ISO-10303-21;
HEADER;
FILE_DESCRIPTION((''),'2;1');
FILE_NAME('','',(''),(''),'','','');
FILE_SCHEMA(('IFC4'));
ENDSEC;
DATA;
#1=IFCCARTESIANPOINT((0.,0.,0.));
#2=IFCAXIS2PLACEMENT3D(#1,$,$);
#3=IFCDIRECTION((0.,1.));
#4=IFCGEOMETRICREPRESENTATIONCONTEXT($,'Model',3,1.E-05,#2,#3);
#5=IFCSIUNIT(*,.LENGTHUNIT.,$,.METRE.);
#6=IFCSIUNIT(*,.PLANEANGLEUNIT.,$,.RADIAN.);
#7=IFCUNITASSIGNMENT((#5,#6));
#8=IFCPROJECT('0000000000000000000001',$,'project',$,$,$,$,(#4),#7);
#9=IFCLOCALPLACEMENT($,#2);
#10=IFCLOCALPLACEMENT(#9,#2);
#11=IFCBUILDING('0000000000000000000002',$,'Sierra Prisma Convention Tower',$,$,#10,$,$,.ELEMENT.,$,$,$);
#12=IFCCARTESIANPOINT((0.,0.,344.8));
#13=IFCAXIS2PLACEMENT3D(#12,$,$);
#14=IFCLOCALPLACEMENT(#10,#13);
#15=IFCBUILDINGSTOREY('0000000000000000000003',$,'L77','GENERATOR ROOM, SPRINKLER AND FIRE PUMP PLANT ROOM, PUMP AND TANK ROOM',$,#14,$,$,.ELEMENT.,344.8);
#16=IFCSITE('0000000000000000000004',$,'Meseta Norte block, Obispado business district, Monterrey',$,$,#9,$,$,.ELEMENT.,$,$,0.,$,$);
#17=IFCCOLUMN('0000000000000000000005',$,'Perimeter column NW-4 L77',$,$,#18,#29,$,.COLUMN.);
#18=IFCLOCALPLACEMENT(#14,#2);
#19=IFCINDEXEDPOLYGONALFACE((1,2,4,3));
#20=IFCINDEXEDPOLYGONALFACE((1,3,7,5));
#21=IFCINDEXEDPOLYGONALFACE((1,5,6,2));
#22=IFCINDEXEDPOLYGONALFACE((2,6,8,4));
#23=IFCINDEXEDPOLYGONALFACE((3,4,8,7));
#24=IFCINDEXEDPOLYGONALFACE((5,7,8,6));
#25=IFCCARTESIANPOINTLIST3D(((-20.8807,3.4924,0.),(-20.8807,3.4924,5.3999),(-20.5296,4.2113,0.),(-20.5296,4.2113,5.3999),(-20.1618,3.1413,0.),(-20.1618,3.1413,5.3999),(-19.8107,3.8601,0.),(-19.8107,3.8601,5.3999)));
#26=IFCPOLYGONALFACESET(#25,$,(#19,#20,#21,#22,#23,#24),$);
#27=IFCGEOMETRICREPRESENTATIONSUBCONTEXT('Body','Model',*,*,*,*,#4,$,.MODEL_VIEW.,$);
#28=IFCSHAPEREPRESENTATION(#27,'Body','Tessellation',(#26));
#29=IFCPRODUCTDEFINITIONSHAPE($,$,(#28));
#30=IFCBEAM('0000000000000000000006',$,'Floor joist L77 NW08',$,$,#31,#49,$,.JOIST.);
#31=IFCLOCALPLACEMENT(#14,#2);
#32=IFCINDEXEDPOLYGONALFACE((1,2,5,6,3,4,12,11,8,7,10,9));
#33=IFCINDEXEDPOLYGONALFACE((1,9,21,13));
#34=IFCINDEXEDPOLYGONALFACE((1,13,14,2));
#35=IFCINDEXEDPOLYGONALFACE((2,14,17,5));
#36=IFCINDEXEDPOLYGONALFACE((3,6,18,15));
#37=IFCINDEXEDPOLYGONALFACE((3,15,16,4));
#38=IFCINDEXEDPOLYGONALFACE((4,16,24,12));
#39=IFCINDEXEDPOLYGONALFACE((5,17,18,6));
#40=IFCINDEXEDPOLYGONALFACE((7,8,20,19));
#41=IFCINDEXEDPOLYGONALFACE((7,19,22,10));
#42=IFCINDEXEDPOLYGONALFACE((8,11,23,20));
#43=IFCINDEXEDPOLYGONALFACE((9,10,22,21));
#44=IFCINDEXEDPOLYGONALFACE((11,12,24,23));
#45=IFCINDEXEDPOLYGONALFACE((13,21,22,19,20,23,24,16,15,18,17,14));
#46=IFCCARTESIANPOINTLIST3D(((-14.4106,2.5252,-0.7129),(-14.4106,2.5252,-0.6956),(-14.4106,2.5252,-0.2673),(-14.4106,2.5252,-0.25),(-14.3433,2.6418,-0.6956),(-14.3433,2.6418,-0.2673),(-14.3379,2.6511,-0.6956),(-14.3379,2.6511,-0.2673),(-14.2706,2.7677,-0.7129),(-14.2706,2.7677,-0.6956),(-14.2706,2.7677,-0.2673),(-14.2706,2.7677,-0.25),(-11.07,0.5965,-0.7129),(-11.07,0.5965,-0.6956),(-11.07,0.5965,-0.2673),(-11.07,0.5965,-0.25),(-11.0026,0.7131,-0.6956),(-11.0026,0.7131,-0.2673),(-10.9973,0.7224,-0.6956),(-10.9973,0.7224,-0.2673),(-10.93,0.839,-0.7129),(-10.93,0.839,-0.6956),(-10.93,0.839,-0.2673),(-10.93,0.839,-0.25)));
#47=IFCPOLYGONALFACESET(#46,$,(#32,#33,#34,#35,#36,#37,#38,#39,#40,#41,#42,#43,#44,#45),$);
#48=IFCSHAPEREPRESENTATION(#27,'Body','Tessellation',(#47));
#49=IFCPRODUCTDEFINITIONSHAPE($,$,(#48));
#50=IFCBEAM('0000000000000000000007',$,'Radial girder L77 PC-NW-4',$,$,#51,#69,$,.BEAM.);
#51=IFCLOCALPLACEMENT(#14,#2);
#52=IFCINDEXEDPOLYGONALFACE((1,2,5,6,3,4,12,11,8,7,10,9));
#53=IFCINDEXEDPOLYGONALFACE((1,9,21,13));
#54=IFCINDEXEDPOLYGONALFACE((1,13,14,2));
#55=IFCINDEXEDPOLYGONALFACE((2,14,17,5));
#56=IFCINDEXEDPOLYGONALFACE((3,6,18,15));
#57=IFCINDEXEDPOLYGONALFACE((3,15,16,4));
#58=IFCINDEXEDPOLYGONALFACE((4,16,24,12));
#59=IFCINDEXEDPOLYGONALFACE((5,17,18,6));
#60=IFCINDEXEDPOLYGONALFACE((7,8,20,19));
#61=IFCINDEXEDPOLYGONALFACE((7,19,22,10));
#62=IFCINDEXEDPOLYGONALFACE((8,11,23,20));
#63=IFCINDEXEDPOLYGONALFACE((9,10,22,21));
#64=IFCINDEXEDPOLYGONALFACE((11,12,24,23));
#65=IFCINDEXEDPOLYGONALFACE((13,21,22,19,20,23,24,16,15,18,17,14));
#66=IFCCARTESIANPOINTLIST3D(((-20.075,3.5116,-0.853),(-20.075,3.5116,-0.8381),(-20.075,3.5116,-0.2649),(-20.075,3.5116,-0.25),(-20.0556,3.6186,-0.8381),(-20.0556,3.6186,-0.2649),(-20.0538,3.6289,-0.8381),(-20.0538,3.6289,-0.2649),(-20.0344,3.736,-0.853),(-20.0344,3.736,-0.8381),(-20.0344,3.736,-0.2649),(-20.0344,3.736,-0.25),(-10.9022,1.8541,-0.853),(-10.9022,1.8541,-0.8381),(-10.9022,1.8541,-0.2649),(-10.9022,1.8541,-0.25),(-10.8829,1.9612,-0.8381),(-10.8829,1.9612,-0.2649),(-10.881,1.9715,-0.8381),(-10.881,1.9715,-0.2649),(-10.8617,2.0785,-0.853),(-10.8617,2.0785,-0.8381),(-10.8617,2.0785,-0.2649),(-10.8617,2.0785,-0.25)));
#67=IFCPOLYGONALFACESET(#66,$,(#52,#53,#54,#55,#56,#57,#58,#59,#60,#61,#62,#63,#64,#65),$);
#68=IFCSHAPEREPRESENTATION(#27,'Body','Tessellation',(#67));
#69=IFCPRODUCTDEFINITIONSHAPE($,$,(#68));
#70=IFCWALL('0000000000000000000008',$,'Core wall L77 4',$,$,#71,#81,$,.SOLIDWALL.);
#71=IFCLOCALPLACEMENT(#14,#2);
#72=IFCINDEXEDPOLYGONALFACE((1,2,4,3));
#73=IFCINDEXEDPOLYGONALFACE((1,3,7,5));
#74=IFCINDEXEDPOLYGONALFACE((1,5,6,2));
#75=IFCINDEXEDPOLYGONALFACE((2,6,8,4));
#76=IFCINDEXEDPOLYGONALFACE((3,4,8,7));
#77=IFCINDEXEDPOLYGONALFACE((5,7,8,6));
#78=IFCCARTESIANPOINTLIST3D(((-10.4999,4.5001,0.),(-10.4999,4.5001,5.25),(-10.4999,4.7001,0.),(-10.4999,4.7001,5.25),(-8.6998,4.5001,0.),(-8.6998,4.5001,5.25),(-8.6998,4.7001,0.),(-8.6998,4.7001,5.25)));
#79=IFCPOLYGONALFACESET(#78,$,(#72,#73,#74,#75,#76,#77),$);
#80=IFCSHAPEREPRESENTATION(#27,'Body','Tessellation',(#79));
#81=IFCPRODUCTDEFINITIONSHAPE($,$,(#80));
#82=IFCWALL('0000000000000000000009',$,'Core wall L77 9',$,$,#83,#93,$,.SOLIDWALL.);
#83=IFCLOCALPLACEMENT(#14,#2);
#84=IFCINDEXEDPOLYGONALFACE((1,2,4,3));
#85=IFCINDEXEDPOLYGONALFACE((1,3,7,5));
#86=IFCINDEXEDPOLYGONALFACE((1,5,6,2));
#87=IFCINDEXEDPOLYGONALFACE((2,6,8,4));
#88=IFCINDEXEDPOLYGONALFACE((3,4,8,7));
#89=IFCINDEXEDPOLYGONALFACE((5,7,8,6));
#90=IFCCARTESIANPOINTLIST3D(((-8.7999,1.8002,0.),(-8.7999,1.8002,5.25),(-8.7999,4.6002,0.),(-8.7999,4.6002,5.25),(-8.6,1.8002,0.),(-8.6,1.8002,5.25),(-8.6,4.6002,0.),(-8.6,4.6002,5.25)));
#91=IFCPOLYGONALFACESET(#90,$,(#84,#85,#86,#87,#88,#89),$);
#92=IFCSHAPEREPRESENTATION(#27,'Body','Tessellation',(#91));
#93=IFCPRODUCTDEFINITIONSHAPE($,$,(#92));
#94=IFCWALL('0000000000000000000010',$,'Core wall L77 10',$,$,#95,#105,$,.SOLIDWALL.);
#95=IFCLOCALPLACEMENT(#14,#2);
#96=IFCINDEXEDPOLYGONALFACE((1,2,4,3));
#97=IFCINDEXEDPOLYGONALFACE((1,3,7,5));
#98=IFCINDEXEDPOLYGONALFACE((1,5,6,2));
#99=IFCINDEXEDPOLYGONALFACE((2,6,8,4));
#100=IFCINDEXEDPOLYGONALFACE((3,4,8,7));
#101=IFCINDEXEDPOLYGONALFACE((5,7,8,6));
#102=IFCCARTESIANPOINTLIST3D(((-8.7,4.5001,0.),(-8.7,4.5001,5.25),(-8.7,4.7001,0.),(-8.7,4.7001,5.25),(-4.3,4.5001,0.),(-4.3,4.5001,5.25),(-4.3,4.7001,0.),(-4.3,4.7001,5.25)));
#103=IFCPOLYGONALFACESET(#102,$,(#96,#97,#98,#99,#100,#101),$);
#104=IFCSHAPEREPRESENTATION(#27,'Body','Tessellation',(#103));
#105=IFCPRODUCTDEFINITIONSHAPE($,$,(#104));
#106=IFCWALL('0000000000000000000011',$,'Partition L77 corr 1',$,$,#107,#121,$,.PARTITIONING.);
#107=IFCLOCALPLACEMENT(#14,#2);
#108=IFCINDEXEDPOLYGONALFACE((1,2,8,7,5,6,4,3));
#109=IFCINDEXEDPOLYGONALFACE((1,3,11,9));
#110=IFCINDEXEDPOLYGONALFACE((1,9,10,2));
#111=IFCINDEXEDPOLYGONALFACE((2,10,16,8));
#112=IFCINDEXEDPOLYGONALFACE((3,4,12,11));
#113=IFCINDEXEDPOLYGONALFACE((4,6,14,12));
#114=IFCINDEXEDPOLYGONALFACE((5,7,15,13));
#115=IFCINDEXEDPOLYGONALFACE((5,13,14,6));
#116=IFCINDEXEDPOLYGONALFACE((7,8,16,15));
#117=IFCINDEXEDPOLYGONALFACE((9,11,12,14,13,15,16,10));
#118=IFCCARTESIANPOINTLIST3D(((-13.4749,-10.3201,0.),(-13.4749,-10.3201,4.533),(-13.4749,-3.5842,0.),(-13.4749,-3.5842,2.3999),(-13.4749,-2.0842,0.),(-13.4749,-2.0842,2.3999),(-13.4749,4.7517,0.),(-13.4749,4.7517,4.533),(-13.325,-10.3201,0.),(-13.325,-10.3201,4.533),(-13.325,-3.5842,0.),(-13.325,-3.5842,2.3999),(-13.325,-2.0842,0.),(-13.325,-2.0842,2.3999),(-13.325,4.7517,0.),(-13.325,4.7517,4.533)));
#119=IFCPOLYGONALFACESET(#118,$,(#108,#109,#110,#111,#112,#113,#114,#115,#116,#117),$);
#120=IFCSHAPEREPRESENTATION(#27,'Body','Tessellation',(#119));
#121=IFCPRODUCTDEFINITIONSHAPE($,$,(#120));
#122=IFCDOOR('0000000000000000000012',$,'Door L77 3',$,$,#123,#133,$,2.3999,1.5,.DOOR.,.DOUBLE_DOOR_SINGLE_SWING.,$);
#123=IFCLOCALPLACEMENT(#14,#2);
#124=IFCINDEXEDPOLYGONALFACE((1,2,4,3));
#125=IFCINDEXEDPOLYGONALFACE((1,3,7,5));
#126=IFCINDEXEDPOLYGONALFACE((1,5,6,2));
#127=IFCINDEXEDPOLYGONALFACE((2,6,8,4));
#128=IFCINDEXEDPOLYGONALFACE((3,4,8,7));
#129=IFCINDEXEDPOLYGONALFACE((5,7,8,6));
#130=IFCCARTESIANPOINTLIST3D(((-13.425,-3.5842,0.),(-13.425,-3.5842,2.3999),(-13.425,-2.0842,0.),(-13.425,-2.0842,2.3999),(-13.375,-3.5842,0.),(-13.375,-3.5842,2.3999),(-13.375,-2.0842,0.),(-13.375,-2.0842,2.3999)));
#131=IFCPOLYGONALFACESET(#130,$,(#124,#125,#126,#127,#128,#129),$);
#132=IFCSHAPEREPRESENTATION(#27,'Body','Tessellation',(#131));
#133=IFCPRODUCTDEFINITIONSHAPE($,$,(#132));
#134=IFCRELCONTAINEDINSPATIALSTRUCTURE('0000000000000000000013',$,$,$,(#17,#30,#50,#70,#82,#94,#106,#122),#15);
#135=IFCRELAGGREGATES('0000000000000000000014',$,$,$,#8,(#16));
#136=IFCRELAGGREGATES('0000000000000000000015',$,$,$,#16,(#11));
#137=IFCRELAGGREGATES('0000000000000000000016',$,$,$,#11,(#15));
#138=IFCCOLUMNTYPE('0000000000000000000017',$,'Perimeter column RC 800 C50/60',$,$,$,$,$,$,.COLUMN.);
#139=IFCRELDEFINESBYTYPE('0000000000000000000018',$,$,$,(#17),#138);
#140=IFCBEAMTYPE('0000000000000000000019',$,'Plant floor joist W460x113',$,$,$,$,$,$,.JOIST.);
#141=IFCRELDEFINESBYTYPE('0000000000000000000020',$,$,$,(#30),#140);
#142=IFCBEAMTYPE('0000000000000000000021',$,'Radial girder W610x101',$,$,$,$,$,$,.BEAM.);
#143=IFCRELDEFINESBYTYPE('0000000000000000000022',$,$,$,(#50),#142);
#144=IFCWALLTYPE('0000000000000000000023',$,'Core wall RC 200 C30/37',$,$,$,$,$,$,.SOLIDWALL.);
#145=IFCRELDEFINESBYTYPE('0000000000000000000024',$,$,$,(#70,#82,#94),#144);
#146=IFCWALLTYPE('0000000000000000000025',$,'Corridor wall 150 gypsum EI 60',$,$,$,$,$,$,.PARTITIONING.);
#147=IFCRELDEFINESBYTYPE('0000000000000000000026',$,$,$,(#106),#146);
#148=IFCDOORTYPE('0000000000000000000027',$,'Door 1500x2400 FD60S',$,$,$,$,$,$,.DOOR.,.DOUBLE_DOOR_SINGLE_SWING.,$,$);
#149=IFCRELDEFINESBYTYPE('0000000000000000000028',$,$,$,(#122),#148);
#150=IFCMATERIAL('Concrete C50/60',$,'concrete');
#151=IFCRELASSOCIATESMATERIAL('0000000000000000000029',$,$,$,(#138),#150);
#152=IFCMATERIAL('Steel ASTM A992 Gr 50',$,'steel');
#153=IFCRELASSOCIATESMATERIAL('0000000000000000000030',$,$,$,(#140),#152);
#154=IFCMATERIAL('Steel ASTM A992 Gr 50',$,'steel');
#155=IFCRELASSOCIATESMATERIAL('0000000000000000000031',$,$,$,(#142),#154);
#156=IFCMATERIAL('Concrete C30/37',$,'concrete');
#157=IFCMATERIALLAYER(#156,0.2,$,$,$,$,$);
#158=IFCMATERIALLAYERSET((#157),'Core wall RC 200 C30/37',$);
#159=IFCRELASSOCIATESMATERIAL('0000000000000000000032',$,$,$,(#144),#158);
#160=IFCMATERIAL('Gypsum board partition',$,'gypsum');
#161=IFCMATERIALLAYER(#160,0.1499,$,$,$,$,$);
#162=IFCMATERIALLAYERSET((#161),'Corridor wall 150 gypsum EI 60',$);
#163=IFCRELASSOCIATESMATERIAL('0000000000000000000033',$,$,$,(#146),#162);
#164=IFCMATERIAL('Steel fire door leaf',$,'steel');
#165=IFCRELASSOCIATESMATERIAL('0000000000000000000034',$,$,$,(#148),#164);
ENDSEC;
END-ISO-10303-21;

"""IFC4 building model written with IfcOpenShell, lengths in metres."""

from ifc_helpers import new_model, si_unit, direction, frame, frame_2d, origin, origin_2d, place, context, subcontext, project, spatial, rectangle, i_section, extrude, material, layer, layer_set, material_profile, profile_set, type_object, element, fill, save


model = new_model("IFC4")

# Units and contexts
model_context = context("Model", 3, precision=1e-05, world=origin(), true_north=direction((0.0, 1.0)))
body_context = subcontext(model_context, "Body", "Model", "MODEL_VIEW")
ifc_project = project(units=[si_unit("LENGTHUNIT", "METRE"), si_unit("PLANEANGLEUNIT", "RADIAN")], contexts=[model_context])

# Site, building, storey
site_placement = place(None, origin())
site = spatial("IfcSite", under=ifc_project, at=site_placement, Name="Meseta Norte block, Obispado business district, Monterrey", CompositionType="ELEMENT", RefElevation=0.0)
building_placement = place(site_placement, origin())
building = spatial("IfcBuilding", under=site, at=building_placement, Name="Sierra Prisma Convention Tower", CompositionType="ELEMENT")
storey_placement = place(building_placement, frame((0.0, 0.0, 344.8)))
storey = spatial("IfcBuildingStorey", under=building, at=storey_placement, Name="L77", Description="GENERATOR ROOM, SPRINKLER AND FIRE PUMP PLANT ROOM, PUMP AND TANK ROOM", CompositionType="ELEMENT", Elevation=344.8)

# Column
ifc_material_1 = material(Name="Concrete C50/60", Category="concrete")
ifc_material_profile_1 = material_profile(ifc_material_1, rectangle(XDim=0.8, YDim=0.8, at=origin_2d()), Name="Perimeter column RC 800 C50/60")
ifc_profile_set_1 = profile_set([ifc_material_profile_1], Name="Concrete C50/60")
column_type = type_object("IfcColumnType", Name="Perimeter column RC 800 C50/60", PredefinedType="COLUMN", material=ifc_profile_set_1)
column_placement = place(storey_placement, frame((-20.3457, 3.6763, 0.0), z_axis=(0.0, 0.0, 1.0), x_axis=(0.438895, 0.898538, 0.0)))
element("IfcColumn", 1, at=column_placement, inside=storey, type_object=column_type, Name="Perimeter column NW-4 L77", PredefinedType="COLUMN", context=body_context, shape_type="SweptSolid", body=[
    extrude(rectangle(XDim=0.8, YDim=0.8, at=origin_2d()), origin(), (0.0, 0.0, 1.0), 5.3999),
])

# Beams
ifc_material_2 = material(Name="Steel ASTM A992 Gr 50", Category="steel")
ifc_material_profile_2 = material_profile(ifc_material_2, i_section(OverallWidth=0.28, OverallDepth=0.4629, WebThickness=0.0107, FlangeThickness=0.0173, at=origin_2d()), Name="W460x113")
ifc_profile_set_2 = profile_set([ifc_material_profile_2], Name="Steel ASTM A992 Gr 50")
beam_type_1 = type_object("IfcBeamType", Name="Plant floor joist W460x113", PredefinedType="JOIST", material=ifc_profile_set_2)
beam_1_placement = place(storey_placement, frame((-14.3406, 2.6465, -0.4814), z_axis=(0.866022, -0.500006, 0.0), x_axis=(0.500006, 0.866022, 0.0)))
element("IfcBeam", 2, at=beam_1_placement, inside=storey, type_object=beam_type_1, Name="Floor joist L77 NW08", PredefinedType="JOIST", context=body_context, shape_type="SweptSolid", body=[
    extrude(i_section(OverallWidth=0.28, OverallDepth=0.4629, WebThickness=0.0107, FlangeThickness=0.0173, at=origin_2d()), origin(), (0.0, 0.0, 1.0), 3.8574),
])
ifc_material_3 = material(Name="Steel ASTM A992 Gr 50", Category="steel")
ifc_material_profile_3 = material_profile(ifc_material_3, i_section(OverallWidth=0.228, OverallDepth=0.603, WebThickness=0.0105, FlangeThickness=0.0149, at=origin_2d()), Name="W610x101")
ifc_profile_set_3 = profile_set([ifc_material_profile_3], Name="Steel ASTM A992 Gr 50")
beam_type_2 = type_object("IfcBeamType", Name="Radial girder W610x101", PredefinedType="BEAM", material=ifc_profile_set_3)
beam_2_placement = place(storey_placement, frame((-20.0547, 3.6238, -0.5515), z_axis=(0.984064, -0.177814, 0.0), x_axis=(0.177814, 0.984064, 0.0)))
element("IfcBeam", 3, at=beam_2_placement, inside=storey, type_object=beam_type_2, Name="Radial girder L77 PC-NW-4", PredefinedType="BEAM", context=body_context, shape_type="SweptSolid", body=[
    extrude(i_section(OverallWidth=0.228, OverallDepth=0.603, WebThickness=0.0105, FlangeThickness=0.0149, at=origin_2d()), origin(), (0.0, 0.0, 1.0), 9.3213),
])

# Shared definitions
ifc_material_4 = material(Name="Concrete C30/37", Category="concrete")
ifc_layer_1 = layer(ifc_material_4, 0.2)
ifc_layer_set_1 = layer_set([ifc_layer_1], Name="Core wall RC 200 C30/37")
wall_type_1 = type_object("IfcWallType", Name="Core wall RC 200 C30/37", PredefinedType="SOLIDWALL", material=ifc_layer_set_1)

# Wall
wall_1_placement = place(storey_placement, frame((-8.7, 4.6001, 0.0), z_axis=(0.0, 0.0, 1.0), x_axis=(-1.0, 0.0, 0.0)))
element("IfcWall", 4, at=wall_1_placement, inside=storey, type_object=wall_type_1, Name="Core wall L77 4", PredefinedType="SOLIDWALL", context=body_context, shape_type="SweptSolid", body=[
    extrude(rectangle(XDim=1.8, YDim=0.2, at=frame_2d((0.8999, 0.0))), origin(), (0.0, 0.0, 1.0), 5.25),
])

# Walls
wall_2_placement = place(storey_placement, frame((-8.7, 4.6001, 0.0), z_axis=(0.0, 0.0, 1.0), x_axis=(0.0, -1.0, 0.0)))
element("IfcWall", 5, at=wall_2_placement, inside=storey, type_object=wall_type_1, Name="Core wall L77 9", PredefinedType="SOLIDWALL", context=body_context, shape_type="SweptSolid", body=[
    extrude(rectangle(XDim=2.8, YDim=0.2, at=frame_2d((1.3999, 0.0))), origin(), (0.0, 0.0, 1.0), 5.25),
])
wall_3_placement = place(storey_placement, frame((-4.3, 4.6001, 0.0), z_axis=(0.0, 0.0, 1.0), x_axis=(-1.0, 0.0, 0.0)))
element("IfcWall", 6, at=wall_3_placement, inside=storey, type_object=wall_type_1, Name="Core wall L77 10", PredefinedType="SOLIDWALL", context=body_context, shape_type="SweptSolid", body=[
    extrude(rectangle(XDim=4.3999, YDim=0.2, at=frame_2d((2.2, 0.0))), origin(), (0.0, 0.0, 1.0), 5.25),
])

# Wall, opening, door
ifc_material_5 = material(Name="Gypsum board partition", Category="gypsum")
ifc_layer_2 = layer(ifc_material_5, 0.1499)
ifc_layer_set_2 = layer_set([ifc_layer_2], Name="Corridor wall 150 gypsum EI 60")
wall_type_2 = type_object("IfcWallType", Name="Corridor wall 150 gypsum EI 60", PredefinedType="PARTITIONING", material=ifc_layer_set_2)
wall_4_placement = place(storey_placement, frame((-13.3999, 4.7517, 0.0), z_axis=(0.0, 0.0, 1.0), x_axis=(0.0, -1.0, 0.0)))
wall_4 = element("IfcWall", 7, at=wall_4_placement, inside=storey, type_object=wall_type_2, Name="Partition L77 corr 1", PredefinedType="PARTITIONING", context=body_context, shape_type="SweptSolid", body=[
    extrude(rectangle(XDim=15.0718, YDim=0.1499, at=frame_2d((7.5359, 0.0))), origin(), (0.0, 0.0, 1.0), 4.533),
])
opening_1_placement = place(wall_4_placement, frame((6.8359, 0.0, 0.0)))
opening_1 = element("IfcOpeningElement", 8, at=opening_1_placement, cuts=wall_4, PredefinedType="OPENING", context=body_context, shape_type="SweptSolid", body=[
    extrude(rectangle(XDim=1.5, YDim=2.3999, at=frame_2d((0.75, 1.2))), frame((0.0, 0.075, 0.0), z_axis=(0.0, -1.0, 0.0), x_axis=(1.0, 0.0, 0.0)), (0.0, 0.0, 1.0), 0.1499),
])
ifc_material_6 = material(Name="Steel fire door leaf", Category="steel")
door_type_1 = type_object("IfcDoorType", Name="Door 1500x2400 FD60S", OperationType="DOUBLE_DOOR_SINGLE_SWING", PredefinedType="DOOR", material=ifc_material_6)
door_1_placement = place(opening_1_placement, origin())
door_1 = element("IfcDoor", 9, at=door_1_placement, inside=storey, type_object=door_type_1, Name="Door L77 3", OperationType="DOUBLE_DOOR_SINGLE_SWING", OverallHeight=2.3999, OverallWidth=1.5, PredefinedType="DOOR", context=body_context, shape_type="SweptSolid", body=[
    extrude(rectangle(XDim=1.5, YDim=2.3999, at=frame_2d((0.75, 1.2))), frame((0.0, 0.0249, 0.0), z_axis=(0.0, -1.0, 0.0), x_axis=(1.0, 0.0, 0.0)), (0.0, 0.0, 1.0), 0.05),
])
fill(opening_1, door_1)

save(model, "model.ifc")
